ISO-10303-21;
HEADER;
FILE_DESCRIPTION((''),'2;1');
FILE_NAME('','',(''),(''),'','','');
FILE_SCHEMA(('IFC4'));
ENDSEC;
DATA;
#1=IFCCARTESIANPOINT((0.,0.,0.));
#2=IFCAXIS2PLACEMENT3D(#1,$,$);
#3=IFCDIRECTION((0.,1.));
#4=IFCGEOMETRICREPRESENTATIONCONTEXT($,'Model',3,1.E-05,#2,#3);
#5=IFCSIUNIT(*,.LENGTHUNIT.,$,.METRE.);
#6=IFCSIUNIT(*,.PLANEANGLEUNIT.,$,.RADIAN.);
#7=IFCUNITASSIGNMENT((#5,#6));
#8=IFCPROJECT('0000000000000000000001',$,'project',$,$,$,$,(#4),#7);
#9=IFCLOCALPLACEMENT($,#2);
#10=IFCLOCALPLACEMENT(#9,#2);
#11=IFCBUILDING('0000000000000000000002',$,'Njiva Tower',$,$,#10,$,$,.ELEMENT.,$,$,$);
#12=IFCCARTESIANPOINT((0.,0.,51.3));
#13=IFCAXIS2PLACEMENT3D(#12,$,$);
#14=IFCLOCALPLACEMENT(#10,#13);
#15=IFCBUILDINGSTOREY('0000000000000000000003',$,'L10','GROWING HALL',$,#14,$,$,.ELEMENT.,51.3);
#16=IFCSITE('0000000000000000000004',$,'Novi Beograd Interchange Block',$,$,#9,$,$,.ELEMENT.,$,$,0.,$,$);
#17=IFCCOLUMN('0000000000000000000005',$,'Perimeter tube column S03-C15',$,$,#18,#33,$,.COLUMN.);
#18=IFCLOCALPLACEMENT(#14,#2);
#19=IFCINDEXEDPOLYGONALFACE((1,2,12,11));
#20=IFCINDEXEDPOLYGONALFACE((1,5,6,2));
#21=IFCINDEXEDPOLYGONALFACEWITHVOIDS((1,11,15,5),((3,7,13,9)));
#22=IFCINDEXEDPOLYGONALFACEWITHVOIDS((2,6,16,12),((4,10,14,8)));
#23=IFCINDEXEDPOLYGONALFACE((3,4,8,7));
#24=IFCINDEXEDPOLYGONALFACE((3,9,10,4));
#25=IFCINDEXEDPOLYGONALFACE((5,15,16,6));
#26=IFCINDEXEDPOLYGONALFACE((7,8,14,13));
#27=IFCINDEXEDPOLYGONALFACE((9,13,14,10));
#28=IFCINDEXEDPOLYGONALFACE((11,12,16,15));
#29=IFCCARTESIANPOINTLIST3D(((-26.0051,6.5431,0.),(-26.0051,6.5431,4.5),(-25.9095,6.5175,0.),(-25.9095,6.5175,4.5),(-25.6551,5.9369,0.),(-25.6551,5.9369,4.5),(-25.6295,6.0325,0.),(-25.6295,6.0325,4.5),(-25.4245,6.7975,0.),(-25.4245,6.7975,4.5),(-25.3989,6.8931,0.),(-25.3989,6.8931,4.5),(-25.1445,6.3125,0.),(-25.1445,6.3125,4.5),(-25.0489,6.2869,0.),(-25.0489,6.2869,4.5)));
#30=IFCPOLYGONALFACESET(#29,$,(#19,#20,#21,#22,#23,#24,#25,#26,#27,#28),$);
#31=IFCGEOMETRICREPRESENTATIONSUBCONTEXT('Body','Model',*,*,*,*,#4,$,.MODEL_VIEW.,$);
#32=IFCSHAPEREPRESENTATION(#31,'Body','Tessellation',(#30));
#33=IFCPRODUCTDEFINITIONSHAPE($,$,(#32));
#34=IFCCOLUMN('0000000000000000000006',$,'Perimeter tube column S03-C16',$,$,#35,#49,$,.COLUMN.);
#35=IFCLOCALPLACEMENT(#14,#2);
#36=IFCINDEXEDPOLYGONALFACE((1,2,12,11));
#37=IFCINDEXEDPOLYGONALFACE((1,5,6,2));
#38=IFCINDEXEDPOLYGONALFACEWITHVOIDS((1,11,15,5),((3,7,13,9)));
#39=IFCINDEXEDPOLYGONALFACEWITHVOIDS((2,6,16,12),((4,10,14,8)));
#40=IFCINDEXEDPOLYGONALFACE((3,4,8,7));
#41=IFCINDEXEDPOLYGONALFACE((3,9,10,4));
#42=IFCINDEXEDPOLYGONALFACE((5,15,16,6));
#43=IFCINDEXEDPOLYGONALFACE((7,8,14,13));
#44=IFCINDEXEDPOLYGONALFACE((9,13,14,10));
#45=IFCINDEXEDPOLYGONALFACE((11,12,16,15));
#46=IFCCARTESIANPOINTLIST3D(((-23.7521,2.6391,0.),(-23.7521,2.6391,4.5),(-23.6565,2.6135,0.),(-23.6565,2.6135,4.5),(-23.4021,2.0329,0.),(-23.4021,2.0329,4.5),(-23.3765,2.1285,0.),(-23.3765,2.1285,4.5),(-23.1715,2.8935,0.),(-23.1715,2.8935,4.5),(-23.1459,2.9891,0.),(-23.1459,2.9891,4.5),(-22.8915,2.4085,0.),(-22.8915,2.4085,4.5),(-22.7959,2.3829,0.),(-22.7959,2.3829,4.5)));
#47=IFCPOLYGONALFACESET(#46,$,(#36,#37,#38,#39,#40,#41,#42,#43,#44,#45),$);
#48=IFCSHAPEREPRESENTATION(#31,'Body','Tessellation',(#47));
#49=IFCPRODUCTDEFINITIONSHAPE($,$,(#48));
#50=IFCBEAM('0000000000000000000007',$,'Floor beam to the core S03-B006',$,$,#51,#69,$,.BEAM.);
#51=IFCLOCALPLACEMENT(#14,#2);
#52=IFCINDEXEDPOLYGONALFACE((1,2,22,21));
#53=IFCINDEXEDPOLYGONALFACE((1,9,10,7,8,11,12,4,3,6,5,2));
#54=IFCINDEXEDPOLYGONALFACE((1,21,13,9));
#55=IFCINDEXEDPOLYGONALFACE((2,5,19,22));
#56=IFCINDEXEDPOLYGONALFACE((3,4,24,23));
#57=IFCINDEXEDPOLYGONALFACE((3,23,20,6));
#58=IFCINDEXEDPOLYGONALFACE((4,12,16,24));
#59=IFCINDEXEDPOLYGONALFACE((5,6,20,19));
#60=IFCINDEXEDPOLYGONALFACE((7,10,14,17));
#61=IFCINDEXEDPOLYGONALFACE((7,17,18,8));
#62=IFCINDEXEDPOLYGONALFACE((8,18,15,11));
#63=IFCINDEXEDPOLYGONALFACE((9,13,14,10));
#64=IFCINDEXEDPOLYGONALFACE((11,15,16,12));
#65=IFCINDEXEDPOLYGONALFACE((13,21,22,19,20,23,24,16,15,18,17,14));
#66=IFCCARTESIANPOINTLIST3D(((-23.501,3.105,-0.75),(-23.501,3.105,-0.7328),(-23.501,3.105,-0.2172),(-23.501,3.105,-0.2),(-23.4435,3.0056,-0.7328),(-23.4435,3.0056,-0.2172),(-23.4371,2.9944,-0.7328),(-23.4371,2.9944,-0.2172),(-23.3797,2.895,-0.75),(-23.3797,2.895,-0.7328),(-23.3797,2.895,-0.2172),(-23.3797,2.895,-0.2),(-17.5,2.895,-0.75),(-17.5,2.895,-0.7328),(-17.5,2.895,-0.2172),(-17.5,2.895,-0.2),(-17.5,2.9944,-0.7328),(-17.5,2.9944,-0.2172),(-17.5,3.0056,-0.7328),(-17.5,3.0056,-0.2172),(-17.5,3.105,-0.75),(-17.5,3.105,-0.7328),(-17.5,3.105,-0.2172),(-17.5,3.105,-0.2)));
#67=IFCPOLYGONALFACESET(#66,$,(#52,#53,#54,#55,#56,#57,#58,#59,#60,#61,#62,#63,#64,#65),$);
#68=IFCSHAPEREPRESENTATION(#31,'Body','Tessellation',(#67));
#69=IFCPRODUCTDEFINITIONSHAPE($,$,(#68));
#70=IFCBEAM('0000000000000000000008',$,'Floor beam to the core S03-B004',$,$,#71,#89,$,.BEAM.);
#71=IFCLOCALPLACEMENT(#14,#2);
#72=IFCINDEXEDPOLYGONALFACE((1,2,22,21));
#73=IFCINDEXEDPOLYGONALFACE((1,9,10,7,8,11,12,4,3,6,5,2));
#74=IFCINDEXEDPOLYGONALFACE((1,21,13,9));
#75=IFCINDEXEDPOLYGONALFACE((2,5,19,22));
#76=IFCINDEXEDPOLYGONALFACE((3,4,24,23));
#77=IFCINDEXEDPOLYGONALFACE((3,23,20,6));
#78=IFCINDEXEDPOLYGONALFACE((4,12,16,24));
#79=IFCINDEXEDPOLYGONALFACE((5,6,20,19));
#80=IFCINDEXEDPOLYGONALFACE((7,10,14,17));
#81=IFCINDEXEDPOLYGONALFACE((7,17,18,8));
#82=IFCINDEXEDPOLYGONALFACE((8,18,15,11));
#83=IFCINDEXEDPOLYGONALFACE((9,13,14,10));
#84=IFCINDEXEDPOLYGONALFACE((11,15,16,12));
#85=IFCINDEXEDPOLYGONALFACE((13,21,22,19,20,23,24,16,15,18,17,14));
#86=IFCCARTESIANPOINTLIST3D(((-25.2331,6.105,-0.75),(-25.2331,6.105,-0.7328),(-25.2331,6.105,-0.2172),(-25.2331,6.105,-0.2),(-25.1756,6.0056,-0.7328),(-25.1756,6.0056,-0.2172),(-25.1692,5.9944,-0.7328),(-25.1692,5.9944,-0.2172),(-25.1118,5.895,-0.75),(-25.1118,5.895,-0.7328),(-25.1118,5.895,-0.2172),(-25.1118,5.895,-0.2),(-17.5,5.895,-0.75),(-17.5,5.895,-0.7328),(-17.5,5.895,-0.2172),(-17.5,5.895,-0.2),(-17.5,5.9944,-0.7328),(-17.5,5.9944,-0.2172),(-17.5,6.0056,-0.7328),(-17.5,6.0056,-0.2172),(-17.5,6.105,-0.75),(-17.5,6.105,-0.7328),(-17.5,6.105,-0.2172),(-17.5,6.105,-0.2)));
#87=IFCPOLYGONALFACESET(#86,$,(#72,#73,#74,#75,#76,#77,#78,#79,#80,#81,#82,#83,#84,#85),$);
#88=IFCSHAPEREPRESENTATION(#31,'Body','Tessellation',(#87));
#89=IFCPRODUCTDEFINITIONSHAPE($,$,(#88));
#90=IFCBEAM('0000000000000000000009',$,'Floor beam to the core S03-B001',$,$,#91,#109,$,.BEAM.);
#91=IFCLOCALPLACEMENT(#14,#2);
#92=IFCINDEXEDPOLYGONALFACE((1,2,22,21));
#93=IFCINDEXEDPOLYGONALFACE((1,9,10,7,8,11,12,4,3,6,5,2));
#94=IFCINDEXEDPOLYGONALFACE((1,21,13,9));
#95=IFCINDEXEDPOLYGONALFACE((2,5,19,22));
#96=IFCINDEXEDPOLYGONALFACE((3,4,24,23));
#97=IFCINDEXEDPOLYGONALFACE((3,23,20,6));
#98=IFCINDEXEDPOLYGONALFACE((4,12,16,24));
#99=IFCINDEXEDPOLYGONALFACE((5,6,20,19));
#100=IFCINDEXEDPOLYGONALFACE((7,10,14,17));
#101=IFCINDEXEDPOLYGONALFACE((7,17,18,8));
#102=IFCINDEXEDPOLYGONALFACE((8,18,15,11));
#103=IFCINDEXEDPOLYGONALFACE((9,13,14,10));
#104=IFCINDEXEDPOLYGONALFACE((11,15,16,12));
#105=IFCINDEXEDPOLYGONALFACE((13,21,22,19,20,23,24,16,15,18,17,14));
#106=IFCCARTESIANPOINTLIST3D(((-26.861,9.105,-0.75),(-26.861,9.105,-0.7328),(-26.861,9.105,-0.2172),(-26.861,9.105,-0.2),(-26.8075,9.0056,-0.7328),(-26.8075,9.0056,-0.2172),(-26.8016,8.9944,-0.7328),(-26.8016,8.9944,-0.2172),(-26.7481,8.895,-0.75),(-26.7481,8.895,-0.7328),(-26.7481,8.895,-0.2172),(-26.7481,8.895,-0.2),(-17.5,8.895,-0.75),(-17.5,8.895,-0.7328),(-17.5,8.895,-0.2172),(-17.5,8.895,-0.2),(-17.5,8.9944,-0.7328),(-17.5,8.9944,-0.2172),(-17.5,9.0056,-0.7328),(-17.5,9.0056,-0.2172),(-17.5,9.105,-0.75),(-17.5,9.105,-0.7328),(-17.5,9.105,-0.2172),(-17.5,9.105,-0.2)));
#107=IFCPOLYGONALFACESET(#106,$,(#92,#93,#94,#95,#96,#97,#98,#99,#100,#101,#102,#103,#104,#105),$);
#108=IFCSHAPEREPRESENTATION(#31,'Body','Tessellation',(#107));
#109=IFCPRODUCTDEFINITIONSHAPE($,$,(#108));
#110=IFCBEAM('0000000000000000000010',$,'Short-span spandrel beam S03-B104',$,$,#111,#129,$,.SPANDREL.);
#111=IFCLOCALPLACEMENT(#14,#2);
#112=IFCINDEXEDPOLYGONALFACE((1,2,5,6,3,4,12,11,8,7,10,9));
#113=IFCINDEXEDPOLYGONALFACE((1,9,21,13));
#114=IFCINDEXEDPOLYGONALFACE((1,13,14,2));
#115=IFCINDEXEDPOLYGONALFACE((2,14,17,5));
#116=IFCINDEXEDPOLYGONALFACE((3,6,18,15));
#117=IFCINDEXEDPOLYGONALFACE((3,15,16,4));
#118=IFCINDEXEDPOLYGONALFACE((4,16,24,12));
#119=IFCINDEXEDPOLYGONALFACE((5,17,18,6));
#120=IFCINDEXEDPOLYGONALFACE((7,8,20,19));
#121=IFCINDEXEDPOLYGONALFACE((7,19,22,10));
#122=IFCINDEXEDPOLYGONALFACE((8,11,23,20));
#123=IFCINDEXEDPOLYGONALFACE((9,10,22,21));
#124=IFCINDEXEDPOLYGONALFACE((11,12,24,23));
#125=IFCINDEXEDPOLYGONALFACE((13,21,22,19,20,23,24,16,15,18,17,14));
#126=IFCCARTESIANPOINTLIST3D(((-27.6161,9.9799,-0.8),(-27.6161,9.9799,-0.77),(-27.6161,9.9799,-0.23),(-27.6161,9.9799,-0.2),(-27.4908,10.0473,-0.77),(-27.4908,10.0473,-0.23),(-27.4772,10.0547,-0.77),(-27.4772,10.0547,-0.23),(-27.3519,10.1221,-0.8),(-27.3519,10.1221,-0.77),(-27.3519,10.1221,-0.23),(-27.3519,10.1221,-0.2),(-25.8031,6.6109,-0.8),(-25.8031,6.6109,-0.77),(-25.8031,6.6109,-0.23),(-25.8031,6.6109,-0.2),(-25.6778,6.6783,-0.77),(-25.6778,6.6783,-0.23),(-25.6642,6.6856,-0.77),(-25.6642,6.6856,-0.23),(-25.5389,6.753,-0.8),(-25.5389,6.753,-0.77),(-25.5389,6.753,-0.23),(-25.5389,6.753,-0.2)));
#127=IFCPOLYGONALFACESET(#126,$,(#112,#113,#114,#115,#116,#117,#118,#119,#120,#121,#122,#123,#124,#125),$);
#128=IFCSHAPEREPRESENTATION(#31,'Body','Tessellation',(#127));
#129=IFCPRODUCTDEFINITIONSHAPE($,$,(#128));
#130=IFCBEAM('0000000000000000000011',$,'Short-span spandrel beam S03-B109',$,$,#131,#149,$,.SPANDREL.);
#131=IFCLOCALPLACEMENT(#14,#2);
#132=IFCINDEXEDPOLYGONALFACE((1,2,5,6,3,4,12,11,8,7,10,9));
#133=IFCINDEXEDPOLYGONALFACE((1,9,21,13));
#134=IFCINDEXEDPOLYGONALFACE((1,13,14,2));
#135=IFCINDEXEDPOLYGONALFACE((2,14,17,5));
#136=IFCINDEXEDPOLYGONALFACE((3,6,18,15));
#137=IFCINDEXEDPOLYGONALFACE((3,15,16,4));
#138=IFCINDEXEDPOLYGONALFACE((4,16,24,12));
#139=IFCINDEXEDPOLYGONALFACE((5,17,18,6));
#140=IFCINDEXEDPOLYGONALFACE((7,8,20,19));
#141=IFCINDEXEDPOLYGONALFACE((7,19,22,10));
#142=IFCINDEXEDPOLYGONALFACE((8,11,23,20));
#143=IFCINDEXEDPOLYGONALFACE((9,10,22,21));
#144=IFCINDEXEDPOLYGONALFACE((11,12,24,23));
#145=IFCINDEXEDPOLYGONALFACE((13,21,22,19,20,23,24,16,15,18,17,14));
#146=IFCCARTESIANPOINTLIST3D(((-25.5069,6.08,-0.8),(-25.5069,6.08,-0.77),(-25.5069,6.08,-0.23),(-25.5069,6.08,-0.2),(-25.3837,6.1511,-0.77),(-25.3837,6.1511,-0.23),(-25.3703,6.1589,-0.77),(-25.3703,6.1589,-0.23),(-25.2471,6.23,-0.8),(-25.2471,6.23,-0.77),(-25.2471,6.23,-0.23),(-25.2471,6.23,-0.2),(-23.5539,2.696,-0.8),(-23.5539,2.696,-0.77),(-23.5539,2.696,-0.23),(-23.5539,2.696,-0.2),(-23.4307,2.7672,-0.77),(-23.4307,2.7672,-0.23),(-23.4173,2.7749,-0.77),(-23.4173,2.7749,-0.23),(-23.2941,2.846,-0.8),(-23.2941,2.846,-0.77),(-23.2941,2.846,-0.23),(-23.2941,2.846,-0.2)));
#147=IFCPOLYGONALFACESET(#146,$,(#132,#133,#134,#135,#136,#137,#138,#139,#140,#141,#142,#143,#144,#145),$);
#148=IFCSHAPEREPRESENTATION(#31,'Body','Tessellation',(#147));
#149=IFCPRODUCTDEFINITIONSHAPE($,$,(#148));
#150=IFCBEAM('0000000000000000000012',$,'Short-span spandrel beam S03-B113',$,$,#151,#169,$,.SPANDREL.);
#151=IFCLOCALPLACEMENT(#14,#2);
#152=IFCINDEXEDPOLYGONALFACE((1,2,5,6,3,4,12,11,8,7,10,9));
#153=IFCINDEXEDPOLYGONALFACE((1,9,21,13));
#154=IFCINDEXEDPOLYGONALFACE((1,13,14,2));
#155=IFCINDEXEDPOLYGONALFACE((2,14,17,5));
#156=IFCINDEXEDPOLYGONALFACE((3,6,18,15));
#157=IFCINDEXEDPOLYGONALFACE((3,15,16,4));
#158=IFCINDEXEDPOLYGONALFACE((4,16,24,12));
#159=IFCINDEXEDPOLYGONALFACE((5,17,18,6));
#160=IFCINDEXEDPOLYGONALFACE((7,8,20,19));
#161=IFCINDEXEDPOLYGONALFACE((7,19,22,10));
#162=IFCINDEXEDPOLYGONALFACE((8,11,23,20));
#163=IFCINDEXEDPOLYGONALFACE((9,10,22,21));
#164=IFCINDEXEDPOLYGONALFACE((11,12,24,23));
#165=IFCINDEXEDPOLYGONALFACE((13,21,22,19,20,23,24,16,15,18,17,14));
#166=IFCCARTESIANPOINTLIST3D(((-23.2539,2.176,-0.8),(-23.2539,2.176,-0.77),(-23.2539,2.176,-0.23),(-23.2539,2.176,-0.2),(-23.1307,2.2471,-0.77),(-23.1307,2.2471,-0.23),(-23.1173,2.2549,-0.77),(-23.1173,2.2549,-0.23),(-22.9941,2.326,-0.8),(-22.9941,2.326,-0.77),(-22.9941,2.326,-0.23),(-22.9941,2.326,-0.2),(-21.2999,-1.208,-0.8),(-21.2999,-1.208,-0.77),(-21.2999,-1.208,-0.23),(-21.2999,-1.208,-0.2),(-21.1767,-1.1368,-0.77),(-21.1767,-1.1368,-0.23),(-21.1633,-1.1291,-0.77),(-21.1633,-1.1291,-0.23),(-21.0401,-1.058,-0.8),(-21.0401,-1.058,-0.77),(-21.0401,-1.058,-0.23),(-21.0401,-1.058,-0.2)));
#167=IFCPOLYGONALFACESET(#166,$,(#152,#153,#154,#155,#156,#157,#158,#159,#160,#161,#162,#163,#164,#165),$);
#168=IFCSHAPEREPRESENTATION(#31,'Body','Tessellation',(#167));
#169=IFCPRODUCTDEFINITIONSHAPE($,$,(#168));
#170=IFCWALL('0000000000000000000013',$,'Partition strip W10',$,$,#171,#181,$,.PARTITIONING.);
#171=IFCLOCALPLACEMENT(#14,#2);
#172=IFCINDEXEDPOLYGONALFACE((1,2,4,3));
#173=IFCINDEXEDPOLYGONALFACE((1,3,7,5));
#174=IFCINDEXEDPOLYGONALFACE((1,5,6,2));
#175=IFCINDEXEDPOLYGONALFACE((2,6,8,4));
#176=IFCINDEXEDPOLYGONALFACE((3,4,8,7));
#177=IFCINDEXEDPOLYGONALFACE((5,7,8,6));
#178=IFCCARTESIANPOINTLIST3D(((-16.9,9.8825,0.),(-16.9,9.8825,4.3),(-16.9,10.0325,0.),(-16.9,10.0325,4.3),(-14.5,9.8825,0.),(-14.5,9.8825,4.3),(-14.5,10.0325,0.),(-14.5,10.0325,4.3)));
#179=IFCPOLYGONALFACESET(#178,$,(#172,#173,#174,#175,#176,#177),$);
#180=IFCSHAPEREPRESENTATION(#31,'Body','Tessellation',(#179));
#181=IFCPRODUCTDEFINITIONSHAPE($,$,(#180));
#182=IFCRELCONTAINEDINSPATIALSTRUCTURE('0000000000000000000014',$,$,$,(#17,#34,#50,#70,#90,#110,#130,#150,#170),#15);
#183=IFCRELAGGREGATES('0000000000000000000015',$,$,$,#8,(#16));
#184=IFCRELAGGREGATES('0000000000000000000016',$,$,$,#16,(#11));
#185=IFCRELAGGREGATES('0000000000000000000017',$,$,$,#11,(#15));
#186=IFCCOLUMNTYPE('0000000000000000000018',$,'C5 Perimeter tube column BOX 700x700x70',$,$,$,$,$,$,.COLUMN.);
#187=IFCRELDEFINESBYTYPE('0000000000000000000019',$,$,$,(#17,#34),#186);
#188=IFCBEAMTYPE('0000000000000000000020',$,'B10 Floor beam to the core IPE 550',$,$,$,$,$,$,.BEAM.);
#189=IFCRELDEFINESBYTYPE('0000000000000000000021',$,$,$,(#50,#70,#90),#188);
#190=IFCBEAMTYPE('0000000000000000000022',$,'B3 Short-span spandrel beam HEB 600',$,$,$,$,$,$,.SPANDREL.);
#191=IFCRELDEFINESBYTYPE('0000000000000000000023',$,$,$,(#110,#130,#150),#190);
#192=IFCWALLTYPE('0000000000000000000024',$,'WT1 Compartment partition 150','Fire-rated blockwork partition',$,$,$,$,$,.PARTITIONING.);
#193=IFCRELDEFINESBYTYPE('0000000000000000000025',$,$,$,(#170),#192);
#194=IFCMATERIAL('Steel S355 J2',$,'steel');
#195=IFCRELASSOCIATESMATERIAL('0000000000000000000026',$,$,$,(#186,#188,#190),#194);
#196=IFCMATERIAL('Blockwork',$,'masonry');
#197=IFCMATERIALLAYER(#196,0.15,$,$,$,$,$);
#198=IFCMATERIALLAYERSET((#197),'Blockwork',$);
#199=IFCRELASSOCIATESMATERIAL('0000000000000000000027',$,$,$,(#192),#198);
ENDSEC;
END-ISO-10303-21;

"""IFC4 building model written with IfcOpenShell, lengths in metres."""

from ifc_helpers import new_model, si_unit, direction, frame, frame_2d, origin, origin_2d, place, context, subcontext, project, spatial, rectangle, hollow_rectangle, i_section, extrude, clip, halfspace, material, layer, layer_set, material_profile, profile_set, type_object, element, save


model = new_model("IFC4")

# Units and contexts
model_context = context("Model", 3, precision=1e-05, world=origin(), true_north=direction((0.0, 1.0)))
body_context = subcontext(model_context, "Body", "Model", "MODEL_VIEW")
ifc_project = project(units=[si_unit("LENGTHUNIT", "METRE"), si_unit("PLANEANGLEUNIT", "RADIAN")], contexts=[model_context])

# Site, building, storey
site_placement = place(None, origin())
site = spatial("IfcSite", under=ifc_project, at=site_placement, Name="Novi Beograd Interchange Block", CompositionType="ELEMENT", RefElevation=0.0)
building_placement = place(site_placement, origin())
building = spatial("IfcBuilding", under=site, at=building_placement, Name="Njiva Tower", CompositionType="ELEMENT")
storey_placement = place(building_placement, frame((0.0, 0.0, 51.3)))
storey = spatial("IfcBuildingStorey", under=building, at=storey_placement, Name="L10", Description="GROWING HALL", CompositionType="ELEMENT", Elevation=51.3)

# Columns
ifc_material_1 = material(Name="Steel S355 J2", Category="steel")
ifc_material_profile_1 = material_profile(ifc_material_1, hollow_rectangle(XDim=0.7, YDim=0.7, WallThickness=0.07, at=origin_2d()), Name="BOX 700x700x70")
ifc_profile_set_1 = profile_set([ifc_material_profile_1], Name="Steel S355 J2")
column_type = type_object("IfcColumnType", Name="C5 Perimeter tube column BOX 700x700x70", PredefinedType="COLUMN", material=ifc_profile_set_1)
for number, where, z_axis, x_axis, name in (
    (1, (-25.527, 6.415, 0.0), (0.0, 0.0, 1.0), (0.5, -0.866025, 0.0), "Perimeter tube column S03-C15"),
    (2, (-23.274, 2.511, 0.0), (0.0, 0.0, 1.0), (0.5, -0.866025, 0.0), "Perimeter tube column S03-C16"),
):
    element("IfcColumn", number, at=place(storey_placement, frame(where, z_axis=z_axis, x_axis=x_axis)), inside=storey, type_object=column_type, Name=name, PredefinedType="COLUMN", context=body_context, shape_type="SweptSolid", body=[
        extrude(hollow_rectangle(XDim=0.7, YDim=0.7, WallThickness=0.07, at=origin_2d()), origin(), (0.0, 0.0, 1.0), 4.5),
    ])

# Beams
ifc_material_profile_2 = material_profile(ifc_material_1, i_section(OverallWidth=0.21, OverallDepth=0.55, WebThickness=0.0111, FlangeThickness=0.0172, at=origin_2d()), Name="IPE 550")
ifc_profile_set_2 = profile_set([ifc_material_profile_2], Name="Steel S355 J2")
beam_type_1 = type_object("IfcBeamType", Name="B10 Floor beam to the core IPE 550", PredefinedType="BEAM", material=ifc_profile_set_2)
beam_1_placement = place(storey_placement, frame((-23.521, 3.0, -0.475), z_axis=(1.0, 0.0, 0.0), x_axis=(0.0, 1.0, 0.0)))
element("IfcBeam", 3, at=beam_1_placement, inside=storey, type_object=beam_type_1, Name="Floor beam to the core S03-B006", PredefinedType="BEAM", context=body_context, shape_type="Clipping", body=[
    clip(extrude(i_section(OverallWidth=0.21, OverallDepth=0.55, WebThickness=0.0111, FlangeThickness=0.0172, at=origin_2d()), origin(), (0.0, 0.0, 1.0), 6.021), halfspace(frame((-0.025, 0.0, 0.0951), z_axis=(-0.499998, 0.0, -0.866027), x_axis=(0.0, -1.0, 0.0)), False)),
])
beam_2_placement = place(storey_placement, frame((-25.253, 6.0, -0.475), z_axis=(1.0, 0.0, 0.0), x_axis=(0.0, 1.0, 0.0)))
element("IfcBeam", 4, at=beam_2_placement, inside=storey, type_object=beam_type_1, Name="Floor beam to the core S03-B004", PredefinedType="BEAM", context=body_context, shape_type="Clipping", body=[
    clip(extrude(i_section(OverallWidth=0.21, OverallDepth=0.55, WebThickness=0.0111, FlangeThickness=0.0172, at=origin_2d()), origin(), (0.0, 0.0, 1.0), 7.753), halfspace(frame((-0.025, 0.0, 0.095), z_axis=(-0.499998, 0.0, -0.866027), x_axis=(0.0, -1.0, 0.0)), False)),
])
beam_3_placement = place(storey_placement, frame((-26.881, 9.0, -0.475), z_axis=(1.0, 0.0, 0.0), x_axis=(0.0, 1.0, 0.0)))
element("IfcBeam", 5, at=beam_3_placement, inside=storey, type_object=beam_type_1, Name="Floor beam to the core S03-B001", PredefinedType="BEAM", context=body_context, shape_type="Clipping", body=[
    clip(extrude(i_section(OverallWidth=0.21, OverallDepth=0.55, WebThickness=0.0111, FlangeThickness=0.0172, at=origin_2d()), origin(), (0.0, 0.0, 1.0), 9.381), halfspace(frame((-0.0237, 0.0, 0.0892), z_axis=(-0.473769, 0.0, -0.880649), x_axis=(0.0, -1.0, 0.0)), False)),
])
ifc_material_profile_3 = material_profile(ifc_material_1, i_section(OverallWidth=0.3, OverallDepth=0.6, WebThickness=0.0155, FlangeThickness=0.03, at=origin_2d()), Name="HEB 600")
ifc_profile_set_3 = profile_set([ifc_material_profile_3], Name="Steel S355 J2")
beam_type_2 = type_object("IfcBeamType", Name="B3 Short-span spandrel beam HEB 600", PredefinedType="SPANDREL", material=ifc_profile_set_3)
beam_4_placement = place(storey_placement, frame((-27.484, 10.051, -0.5), z_axis=(0.473882, -0.880589, 0.0), x_axis=(0.880589, 0.473882, 0.0)))
element("IfcBeam", 6, at=beam_4_placement, inside=storey, type_object=beam_type_2, Name="Short-span spandrel beam S03-B104", PredefinedType="SPANDREL", context=body_context, shape_type="SweptSolid", body=[
    extrude(i_section(OverallWidth=0.3, OverallDepth=0.6, WebThickness=0.0155, FlangeThickness=0.03, at=origin_2d()), origin(), (0.0, 0.0, 1.0), 3.8259),
])
beam_5_placement = place(storey_placement, frame((-25.377, 6.155, -0.5), z_axis=(0.499855, -0.866109, 0.0), x_axis=(0.866109, 0.499855, 0.0)))
element("IfcBeam", 7, at=beam_5_placement, inside=storey, type_object=beam_type_2, Name="Short-span spandrel beam S03-B109", PredefinedType="SPANDREL", context=body_context, shape_type="SweptSolid", body=[
    extrude(i_section(OverallWidth=0.3, OverallDepth=0.6, WebThickness=0.0155, FlangeThickness=0.03, at=origin_2d()), origin(), (0.0, 0.0, 1.0), 3.9071),
])
beam_6_placement = place(storey_placement, frame((-23.124, 2.251, -0.5), z_axis=(0.500047, -0.865998, 0.0), x_axis=(0.865998, 0.500047, 0.0)))
element("IfcBeam", 8, at=beam_6_placement, inside=storey, type_object=beam_type_2, Name="Short-span spandrel beam S03-B113", PredefinedType="SPANDREL", context=body_context, shape_type="SweptSolid", body=[
    extrude(i_section(OverallWidth=0.3, OverallDepth=0.6, WebThickness=0.0155, FlangeThickness=0.03, at=origin_2d()), origin(), (0.0, 0.0, 1.0), 3.9076),
])

# Wall
ifc_material_2 = material(Name="Blockwork", Category="masonry")
ifc_layer_1 = layer(ifc_material_2, 0.15)
ifc_layer_set_1 = layer_set([ifc_layer_1], Name="Blockwork")
wall_type_1 = type_object("IfcWallType", Name="WT1 Compartment partition 150", Description="Fire-rated blockwork partition", PredefinedType="PARTITIONING", material=ifc_layer_set_1)
wall_1_placement = place(storey_placement, frame((-16.9, 9.9575, 0.0), z_axis=(0.0, 0.0, 1.0), x_axis=(1.0, 0.0, 0.0)))
element("IfcWall", 9, at=wall_1_placement, inside=storey, type_object=wall_type_1, Name="Partition strip W10", PredefinedType="PARTITIONING", context=body_context, shape_type="SweptSolid", body=[
    extrude(rectangle(XDim=2.4, YDim=0.15, at=frame_2d((1.2, 0.0))), origin(), (0.0, 0.0, 1.0), 4.3),
])

save(model, "model.ifc")
